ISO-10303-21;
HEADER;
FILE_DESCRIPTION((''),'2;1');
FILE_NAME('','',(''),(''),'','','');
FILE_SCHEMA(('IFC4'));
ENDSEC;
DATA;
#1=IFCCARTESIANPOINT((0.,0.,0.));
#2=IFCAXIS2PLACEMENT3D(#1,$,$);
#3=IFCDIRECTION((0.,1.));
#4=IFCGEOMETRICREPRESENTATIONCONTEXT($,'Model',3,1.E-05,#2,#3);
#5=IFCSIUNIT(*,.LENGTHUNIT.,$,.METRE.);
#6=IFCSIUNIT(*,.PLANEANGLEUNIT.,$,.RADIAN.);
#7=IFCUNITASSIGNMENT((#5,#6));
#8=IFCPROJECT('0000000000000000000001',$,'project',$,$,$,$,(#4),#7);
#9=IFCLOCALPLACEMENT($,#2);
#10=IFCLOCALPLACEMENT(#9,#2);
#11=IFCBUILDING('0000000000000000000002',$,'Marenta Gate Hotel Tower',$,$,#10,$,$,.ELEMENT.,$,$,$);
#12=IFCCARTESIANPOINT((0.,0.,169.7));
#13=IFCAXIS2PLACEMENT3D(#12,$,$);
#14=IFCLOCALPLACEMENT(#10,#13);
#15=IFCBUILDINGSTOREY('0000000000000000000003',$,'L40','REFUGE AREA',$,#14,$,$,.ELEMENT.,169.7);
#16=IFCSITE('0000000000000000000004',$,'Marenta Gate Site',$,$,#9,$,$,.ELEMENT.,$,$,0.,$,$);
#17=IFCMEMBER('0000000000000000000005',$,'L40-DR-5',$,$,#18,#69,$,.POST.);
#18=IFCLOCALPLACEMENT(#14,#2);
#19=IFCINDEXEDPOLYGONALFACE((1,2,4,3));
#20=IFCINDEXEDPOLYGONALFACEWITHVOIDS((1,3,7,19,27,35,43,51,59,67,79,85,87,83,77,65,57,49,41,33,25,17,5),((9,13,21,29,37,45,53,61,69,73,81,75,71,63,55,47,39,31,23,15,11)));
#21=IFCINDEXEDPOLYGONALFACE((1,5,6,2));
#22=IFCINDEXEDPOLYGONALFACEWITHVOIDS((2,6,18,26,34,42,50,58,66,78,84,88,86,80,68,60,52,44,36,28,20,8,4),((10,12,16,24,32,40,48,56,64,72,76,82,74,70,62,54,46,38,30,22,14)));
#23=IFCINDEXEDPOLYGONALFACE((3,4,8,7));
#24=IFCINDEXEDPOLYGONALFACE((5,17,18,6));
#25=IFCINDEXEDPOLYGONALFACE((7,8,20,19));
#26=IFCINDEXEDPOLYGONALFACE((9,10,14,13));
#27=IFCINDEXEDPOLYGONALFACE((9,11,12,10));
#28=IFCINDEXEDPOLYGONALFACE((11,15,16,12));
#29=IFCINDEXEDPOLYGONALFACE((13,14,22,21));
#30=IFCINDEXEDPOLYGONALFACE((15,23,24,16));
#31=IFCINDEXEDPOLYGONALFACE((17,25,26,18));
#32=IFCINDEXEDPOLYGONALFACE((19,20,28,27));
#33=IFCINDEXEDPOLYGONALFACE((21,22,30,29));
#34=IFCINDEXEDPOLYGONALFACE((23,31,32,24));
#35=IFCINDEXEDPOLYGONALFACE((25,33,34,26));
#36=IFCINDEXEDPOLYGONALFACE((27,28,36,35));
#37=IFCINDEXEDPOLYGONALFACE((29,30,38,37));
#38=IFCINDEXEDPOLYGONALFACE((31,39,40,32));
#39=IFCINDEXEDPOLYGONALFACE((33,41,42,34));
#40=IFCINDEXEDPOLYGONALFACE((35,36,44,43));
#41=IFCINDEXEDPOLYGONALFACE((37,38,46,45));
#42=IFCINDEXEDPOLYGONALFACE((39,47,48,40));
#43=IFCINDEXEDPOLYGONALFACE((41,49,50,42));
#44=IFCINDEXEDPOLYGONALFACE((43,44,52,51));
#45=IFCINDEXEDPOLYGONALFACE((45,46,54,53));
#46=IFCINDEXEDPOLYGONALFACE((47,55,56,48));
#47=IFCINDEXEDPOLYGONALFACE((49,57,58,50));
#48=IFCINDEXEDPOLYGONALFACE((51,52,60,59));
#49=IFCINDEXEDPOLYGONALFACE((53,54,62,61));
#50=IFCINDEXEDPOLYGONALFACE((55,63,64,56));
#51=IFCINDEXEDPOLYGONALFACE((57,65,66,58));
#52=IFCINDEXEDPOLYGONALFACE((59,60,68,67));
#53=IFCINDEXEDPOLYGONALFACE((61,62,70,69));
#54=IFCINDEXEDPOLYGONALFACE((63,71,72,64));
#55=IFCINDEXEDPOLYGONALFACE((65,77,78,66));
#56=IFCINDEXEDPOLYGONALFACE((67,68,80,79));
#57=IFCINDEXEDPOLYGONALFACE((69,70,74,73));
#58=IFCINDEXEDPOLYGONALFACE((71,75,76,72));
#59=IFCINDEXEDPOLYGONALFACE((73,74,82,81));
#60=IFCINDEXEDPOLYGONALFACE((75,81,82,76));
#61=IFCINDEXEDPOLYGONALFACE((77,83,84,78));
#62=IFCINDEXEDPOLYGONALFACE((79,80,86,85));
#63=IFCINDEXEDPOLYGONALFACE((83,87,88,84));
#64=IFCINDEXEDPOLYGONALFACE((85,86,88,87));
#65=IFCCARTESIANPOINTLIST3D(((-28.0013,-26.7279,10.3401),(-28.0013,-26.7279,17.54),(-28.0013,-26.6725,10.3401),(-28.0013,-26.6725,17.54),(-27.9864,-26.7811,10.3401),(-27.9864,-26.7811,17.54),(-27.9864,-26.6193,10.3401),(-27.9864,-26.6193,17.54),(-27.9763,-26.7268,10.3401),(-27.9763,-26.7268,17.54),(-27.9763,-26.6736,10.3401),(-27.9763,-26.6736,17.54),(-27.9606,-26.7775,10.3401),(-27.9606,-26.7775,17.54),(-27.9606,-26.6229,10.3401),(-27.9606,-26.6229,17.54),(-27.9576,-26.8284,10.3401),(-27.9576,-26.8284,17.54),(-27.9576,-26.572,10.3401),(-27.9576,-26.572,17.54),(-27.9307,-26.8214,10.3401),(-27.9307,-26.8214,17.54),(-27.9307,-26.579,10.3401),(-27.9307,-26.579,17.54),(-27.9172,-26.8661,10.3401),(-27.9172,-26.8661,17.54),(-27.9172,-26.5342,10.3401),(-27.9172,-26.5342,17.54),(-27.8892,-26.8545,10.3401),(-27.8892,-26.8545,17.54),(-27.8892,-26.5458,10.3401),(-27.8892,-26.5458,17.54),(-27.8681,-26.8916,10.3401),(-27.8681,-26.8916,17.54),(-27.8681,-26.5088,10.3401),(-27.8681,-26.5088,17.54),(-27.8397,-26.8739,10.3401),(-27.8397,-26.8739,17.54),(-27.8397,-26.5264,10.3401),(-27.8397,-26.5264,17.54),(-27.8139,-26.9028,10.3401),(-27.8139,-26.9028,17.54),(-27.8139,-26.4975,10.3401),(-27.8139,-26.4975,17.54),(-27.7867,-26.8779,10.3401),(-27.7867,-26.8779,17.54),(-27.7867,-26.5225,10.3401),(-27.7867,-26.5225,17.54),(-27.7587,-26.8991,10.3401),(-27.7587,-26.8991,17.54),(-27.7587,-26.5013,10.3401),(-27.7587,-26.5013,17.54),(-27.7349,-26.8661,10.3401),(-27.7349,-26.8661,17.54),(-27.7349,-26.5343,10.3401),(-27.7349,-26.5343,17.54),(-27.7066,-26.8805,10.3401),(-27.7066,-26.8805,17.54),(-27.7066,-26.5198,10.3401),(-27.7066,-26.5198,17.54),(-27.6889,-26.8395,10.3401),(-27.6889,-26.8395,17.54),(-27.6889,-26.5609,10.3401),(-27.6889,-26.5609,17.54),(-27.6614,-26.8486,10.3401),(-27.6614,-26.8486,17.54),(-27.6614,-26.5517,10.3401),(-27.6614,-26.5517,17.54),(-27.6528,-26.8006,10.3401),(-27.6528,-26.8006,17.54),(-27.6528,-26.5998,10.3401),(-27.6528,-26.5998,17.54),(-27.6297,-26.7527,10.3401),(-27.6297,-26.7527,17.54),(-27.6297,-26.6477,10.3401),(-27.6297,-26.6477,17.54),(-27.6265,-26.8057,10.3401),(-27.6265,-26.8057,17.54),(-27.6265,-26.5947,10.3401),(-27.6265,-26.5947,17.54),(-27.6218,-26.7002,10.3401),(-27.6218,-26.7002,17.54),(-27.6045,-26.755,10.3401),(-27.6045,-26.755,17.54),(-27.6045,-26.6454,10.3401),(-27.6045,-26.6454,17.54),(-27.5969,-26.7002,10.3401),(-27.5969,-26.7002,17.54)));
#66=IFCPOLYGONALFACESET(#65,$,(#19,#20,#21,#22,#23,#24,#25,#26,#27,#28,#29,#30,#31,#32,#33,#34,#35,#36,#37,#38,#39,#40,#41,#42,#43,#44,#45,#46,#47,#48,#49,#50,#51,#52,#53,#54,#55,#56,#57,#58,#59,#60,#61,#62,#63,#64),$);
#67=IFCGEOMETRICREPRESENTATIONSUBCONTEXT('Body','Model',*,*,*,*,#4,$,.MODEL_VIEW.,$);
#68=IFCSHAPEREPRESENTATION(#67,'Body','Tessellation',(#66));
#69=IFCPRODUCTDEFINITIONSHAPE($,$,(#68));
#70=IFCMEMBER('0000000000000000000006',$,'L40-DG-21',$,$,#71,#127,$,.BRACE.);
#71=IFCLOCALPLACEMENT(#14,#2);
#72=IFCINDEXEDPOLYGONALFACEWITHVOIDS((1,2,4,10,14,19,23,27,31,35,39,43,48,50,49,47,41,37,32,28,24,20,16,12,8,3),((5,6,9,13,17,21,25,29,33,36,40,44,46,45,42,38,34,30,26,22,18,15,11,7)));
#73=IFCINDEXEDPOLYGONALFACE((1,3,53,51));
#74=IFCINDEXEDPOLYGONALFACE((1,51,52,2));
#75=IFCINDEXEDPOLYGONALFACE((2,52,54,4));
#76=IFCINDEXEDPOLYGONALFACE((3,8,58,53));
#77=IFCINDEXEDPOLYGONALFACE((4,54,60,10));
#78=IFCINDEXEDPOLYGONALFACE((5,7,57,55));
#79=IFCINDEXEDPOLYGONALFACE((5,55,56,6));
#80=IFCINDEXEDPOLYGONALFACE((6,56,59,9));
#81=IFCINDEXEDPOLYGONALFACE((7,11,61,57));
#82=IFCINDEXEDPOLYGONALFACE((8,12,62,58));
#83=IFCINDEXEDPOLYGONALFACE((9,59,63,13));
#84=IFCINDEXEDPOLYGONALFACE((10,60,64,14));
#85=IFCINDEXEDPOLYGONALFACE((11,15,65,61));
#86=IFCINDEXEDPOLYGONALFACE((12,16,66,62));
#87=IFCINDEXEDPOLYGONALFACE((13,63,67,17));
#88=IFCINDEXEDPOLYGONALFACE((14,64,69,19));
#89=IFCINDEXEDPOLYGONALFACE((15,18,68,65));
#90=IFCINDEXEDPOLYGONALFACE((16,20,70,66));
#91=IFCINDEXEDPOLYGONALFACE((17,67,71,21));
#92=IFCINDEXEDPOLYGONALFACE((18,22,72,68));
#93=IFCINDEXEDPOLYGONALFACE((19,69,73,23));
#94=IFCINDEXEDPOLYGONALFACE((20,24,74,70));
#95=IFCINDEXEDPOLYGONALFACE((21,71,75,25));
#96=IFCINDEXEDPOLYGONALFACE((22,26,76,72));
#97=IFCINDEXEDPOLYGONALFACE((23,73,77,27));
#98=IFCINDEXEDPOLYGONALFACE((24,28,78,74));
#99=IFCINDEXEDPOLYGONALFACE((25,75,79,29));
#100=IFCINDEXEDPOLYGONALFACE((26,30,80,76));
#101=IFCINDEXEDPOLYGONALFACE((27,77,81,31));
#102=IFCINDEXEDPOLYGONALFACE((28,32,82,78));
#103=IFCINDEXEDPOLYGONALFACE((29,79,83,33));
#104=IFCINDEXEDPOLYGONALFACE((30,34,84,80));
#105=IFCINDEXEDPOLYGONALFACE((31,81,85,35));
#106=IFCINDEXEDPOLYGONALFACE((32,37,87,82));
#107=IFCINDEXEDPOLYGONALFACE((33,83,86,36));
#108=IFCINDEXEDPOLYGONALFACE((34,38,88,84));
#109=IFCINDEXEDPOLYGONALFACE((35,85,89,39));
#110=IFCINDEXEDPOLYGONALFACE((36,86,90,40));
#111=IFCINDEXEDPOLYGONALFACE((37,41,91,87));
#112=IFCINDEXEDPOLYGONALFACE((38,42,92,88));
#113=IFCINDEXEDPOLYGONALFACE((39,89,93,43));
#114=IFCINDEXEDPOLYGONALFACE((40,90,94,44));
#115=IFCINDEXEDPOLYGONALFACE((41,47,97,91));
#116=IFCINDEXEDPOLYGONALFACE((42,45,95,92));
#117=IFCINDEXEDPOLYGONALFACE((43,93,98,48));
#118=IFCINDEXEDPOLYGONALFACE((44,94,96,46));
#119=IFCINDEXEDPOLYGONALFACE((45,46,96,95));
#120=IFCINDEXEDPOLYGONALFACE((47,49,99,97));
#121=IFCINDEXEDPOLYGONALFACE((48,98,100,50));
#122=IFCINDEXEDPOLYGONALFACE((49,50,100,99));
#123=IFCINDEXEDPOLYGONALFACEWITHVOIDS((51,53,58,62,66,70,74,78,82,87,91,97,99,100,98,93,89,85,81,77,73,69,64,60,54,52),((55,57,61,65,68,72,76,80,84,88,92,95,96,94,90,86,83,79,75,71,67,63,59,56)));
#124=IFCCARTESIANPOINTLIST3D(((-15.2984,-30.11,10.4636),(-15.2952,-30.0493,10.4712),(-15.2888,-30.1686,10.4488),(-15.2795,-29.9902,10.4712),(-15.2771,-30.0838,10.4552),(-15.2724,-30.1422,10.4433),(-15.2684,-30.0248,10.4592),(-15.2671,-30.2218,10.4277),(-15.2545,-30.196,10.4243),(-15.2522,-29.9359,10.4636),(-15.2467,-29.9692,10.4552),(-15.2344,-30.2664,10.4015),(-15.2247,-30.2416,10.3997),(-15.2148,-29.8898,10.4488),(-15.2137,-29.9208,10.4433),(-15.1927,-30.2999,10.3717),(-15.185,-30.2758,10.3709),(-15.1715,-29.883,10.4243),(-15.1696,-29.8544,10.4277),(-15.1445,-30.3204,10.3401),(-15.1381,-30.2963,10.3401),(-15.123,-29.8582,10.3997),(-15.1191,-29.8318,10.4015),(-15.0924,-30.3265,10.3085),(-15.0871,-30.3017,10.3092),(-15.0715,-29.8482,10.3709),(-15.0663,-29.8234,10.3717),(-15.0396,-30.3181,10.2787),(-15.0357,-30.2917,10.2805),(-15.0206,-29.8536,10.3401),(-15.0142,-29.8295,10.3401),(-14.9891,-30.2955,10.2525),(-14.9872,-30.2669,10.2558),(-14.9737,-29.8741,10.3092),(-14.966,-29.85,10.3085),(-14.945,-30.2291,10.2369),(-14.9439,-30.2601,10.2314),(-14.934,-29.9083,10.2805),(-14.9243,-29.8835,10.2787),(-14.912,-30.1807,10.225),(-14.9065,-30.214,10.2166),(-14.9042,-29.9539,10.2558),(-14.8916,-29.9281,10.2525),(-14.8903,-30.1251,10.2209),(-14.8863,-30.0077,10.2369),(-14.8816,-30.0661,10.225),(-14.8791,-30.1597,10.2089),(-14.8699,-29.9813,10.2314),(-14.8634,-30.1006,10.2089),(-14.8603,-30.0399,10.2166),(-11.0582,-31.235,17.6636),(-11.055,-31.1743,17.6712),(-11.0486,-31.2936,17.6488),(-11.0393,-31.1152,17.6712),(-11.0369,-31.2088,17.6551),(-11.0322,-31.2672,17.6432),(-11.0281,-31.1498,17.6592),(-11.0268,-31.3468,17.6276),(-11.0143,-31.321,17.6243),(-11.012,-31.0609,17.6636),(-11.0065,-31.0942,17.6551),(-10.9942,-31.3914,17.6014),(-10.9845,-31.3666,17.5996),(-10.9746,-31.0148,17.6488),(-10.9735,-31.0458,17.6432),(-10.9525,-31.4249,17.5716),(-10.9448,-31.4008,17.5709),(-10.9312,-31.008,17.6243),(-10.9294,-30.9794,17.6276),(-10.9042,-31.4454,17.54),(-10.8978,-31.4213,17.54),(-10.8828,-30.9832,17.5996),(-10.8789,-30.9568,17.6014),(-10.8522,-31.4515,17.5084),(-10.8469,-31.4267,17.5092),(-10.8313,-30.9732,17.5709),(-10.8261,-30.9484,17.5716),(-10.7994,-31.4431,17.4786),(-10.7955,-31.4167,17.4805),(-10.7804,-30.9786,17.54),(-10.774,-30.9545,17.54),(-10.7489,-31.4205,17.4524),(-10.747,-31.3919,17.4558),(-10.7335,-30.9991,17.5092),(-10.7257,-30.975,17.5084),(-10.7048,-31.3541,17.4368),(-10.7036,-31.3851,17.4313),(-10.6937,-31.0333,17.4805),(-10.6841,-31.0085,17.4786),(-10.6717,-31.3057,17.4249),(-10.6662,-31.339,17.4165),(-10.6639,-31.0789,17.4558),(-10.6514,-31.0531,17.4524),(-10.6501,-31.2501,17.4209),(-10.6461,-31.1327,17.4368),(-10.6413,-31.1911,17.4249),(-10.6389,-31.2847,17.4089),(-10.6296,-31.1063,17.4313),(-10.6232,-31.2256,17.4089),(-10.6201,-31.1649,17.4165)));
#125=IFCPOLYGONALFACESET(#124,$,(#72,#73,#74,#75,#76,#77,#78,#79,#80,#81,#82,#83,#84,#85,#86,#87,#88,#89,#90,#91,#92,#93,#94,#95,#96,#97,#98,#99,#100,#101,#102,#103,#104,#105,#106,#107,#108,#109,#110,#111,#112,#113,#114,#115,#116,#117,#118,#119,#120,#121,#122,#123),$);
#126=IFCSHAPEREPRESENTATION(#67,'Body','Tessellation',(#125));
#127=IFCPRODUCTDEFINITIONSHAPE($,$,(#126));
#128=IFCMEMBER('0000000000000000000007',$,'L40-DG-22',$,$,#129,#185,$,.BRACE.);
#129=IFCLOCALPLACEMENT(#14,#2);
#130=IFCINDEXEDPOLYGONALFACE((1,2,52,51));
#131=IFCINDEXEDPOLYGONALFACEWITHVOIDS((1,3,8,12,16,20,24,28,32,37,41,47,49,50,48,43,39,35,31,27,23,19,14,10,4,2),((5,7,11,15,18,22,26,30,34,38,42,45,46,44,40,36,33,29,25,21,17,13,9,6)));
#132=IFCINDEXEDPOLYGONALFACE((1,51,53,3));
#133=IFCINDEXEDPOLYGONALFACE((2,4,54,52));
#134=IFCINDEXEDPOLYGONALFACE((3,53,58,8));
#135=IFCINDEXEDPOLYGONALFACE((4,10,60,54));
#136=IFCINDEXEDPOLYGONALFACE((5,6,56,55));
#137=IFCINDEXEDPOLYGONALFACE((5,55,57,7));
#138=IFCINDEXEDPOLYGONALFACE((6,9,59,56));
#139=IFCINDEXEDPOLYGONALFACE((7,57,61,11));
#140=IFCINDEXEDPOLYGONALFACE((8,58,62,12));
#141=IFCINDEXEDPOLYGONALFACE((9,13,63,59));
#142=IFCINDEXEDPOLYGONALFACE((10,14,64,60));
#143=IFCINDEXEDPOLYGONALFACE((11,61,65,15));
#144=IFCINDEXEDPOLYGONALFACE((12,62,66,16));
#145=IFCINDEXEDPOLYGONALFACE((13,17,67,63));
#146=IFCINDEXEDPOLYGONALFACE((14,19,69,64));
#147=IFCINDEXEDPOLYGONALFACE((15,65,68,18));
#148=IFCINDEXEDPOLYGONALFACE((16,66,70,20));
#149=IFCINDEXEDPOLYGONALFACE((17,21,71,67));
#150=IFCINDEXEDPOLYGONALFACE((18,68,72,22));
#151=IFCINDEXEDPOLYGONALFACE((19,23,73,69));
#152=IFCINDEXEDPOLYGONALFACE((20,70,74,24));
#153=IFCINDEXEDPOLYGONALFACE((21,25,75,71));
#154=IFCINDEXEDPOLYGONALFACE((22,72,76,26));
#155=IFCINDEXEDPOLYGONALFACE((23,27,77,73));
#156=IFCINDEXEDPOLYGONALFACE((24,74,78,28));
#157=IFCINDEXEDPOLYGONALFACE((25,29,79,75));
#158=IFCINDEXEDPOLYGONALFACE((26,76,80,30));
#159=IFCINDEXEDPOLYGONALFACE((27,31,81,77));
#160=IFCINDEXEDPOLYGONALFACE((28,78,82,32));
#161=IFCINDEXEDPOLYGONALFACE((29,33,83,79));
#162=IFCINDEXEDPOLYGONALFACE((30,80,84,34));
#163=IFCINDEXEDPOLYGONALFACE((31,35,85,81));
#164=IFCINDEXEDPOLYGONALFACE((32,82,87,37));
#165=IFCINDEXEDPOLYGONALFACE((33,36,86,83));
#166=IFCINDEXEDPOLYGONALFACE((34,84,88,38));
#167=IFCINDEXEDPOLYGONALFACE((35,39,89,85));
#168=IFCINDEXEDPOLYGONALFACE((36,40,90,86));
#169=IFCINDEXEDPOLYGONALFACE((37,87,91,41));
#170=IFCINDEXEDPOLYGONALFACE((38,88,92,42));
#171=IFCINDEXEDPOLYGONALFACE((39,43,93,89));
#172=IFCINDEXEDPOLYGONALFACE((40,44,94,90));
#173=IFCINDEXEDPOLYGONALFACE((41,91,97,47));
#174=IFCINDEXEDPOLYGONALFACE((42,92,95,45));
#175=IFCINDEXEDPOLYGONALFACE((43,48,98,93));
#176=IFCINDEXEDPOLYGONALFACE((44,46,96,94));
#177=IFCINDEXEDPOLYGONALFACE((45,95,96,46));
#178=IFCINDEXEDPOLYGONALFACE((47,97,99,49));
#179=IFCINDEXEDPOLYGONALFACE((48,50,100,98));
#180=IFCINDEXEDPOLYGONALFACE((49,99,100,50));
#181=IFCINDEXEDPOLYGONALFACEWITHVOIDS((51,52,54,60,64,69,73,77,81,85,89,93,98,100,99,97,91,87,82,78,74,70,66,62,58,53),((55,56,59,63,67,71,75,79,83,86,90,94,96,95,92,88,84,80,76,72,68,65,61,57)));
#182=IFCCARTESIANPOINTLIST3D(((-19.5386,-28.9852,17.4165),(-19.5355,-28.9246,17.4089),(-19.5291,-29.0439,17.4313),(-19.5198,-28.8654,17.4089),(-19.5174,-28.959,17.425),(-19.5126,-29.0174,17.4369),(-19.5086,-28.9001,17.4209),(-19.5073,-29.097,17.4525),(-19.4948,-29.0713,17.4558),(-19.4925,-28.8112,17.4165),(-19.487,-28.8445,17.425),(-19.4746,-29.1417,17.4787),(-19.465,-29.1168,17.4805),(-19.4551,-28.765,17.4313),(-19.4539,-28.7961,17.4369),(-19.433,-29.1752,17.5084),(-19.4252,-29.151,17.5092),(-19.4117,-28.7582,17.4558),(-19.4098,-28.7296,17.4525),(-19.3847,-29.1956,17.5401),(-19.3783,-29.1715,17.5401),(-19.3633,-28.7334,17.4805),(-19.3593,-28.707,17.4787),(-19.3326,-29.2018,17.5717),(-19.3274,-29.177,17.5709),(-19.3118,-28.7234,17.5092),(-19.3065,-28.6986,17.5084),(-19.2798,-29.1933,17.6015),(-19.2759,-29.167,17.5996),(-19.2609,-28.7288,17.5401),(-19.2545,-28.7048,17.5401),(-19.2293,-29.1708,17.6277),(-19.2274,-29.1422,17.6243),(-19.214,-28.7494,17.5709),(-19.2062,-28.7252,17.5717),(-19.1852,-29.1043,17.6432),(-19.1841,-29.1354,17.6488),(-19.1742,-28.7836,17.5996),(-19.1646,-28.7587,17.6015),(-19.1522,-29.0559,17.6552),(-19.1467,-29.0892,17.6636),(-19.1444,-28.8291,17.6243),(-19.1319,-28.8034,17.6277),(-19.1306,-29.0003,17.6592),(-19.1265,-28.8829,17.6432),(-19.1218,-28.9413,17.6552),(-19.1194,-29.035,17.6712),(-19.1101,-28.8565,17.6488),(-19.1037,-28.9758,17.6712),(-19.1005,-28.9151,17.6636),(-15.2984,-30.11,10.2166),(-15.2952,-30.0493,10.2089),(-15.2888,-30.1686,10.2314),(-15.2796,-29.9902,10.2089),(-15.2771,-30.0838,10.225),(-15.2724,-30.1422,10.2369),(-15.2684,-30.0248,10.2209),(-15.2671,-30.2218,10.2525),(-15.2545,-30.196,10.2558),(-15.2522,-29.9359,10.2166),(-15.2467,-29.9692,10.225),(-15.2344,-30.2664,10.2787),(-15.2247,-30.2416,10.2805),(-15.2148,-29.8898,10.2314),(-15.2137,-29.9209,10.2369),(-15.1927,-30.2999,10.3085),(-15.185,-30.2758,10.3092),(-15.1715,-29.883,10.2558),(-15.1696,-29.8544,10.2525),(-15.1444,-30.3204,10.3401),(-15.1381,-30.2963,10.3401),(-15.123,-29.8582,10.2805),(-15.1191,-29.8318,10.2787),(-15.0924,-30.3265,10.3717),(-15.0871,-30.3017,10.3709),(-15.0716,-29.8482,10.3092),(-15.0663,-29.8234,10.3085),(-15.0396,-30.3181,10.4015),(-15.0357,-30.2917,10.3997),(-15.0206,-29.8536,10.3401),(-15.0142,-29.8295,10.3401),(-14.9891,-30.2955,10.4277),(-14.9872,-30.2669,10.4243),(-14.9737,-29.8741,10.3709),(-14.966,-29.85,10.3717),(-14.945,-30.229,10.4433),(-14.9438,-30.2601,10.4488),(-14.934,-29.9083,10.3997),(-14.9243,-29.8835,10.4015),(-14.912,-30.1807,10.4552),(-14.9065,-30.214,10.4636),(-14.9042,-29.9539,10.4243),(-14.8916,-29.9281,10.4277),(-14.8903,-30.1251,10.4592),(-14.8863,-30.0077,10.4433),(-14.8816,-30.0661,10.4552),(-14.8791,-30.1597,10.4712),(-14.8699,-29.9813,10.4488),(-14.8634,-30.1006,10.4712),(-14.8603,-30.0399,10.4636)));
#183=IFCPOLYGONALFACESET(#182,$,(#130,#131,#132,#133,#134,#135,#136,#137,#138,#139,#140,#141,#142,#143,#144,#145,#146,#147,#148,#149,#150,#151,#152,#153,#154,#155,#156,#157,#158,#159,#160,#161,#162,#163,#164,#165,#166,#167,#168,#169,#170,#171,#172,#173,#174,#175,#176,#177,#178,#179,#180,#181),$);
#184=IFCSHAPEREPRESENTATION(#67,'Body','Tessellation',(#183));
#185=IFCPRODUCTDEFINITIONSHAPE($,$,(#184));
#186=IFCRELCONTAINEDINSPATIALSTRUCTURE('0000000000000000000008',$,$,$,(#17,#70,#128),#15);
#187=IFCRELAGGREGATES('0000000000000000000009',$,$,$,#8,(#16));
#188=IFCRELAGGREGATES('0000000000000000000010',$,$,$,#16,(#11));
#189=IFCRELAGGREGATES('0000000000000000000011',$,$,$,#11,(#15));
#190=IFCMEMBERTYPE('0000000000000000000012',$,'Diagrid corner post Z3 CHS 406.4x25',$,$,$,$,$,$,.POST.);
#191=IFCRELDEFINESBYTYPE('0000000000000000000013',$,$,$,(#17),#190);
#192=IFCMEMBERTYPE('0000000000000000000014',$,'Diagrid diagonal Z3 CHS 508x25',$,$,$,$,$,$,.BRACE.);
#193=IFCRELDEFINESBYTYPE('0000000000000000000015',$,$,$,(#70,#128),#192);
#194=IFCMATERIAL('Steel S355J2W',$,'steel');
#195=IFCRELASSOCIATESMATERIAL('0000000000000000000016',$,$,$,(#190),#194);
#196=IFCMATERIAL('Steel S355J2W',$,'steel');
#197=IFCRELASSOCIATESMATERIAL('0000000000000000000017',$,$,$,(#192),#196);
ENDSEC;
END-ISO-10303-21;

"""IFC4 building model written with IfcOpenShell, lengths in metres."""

from ifc_helpers import new_model, si_unit, direction, frame, origin, origin_2d, place, context, subcontext, project, spatial, hollow_circle, extrude, material, material_profile, profile_set, type_object, element, save


model = new_model("IFC4")

# Units and contexts
model_context = context("Model", 3, precision=1e-05, world=origin(), true_north=direction((0.0, 1.0)))
body_context = subcontext(model_context, "Body", "Model", "MODEL_VIEW")
ifc_project = project(units=[si_unit("LENGTHUNIT", "METRE"), si_unit("PLANEANGLEUNIT", "RADIAN")], contexts=[model_context])

# Site, building, storey
site_placement = place(None, origin())
site = spatial("IfcSite", under=ifc_project, at=site_placement, Name="Marenta Gate Site", CompositionType="ELEMENT", RefElevation=0.0)
building_placement = place(site_placement, origin())
building = spatial("IfcBuilding", under=site, at=building_placement, Name="Marenta Gate Hotel Tower", CompositionType="ELEMENT")
storey_placement = place(building_placement, frame((0.0, 0.0, 169.7)))
storey = spatial("IfcBuildingStorey", under=building, at=storey_placement, Name="L40", Description="REFUGE AREA", CompositionType="ELEMENT", Elevation=169.7)

# Members
ifc_material_1 = material(Name="Steel S355J2W", Category="steel")
ifc_material_profile_1 = material_profile(ifc_material_1, hollow_circle(Radius=0.2031, WallThickness=0.0249, at=origin_2d()), Name="CHS 406.4x25")
ifc_profile_set_1 = profile_set([ifc_material_profile_1], Name="Steel S355J2W")
member_type_1 = type_object("IfcMemberType", Name="Diagrid corner post Z3 CHS 406.4x25", PredefinedType="POST", material=ifc_profile_set_1)
member_1_placement = place(storey_placement, frame((-27.8, -26.7002, 10.3401), z_axis=(0.0, 0.0, 1.0), x_axis=(1.0, 0.0, 0.0)))
element("IfcMember", 1, at=member_1_placement, inside=storey, type_object=member_type_1, Name="L40-DR-5", PredefinedType="POST", context=body_context, shape_type="SweptSolid", body=[
    extrude(hollow_circle(Radius=0.2031, WallThickness=0.0249, at=origin_2d()), origin(), (0.0, 0.0, 1.0), 7.2),
])
ifc_material_2 = material(Name="Steel S355J2W", Category="steel")
ifc_material_profile_2 = material_profile(ifc_material_2, hollow_circle(Radius=0.2539, WallThickness=0.0249, at=origin_2d()), Name="CHS 508x25")
ifc_profile_set_2 = profile_set([ifc_material_profile_2], Name="Steel S355J2W")
member_type_2 = type_object("IfcMemberType", Name="Diagrid diagonal Z3 CHS 508x25", PredefinedType="BRACE", material=ifc_profile_set_2)
for number, where, z_axis, x_axis, name in (
    (2, (-15.0793, -30.075, 10.3401), (0.502924, -0.133434, 0.853969), (0.256443, 0.966559, 0.0), "L40-DG-21"),
    (3, (-15.0793, -30.075, 10.3401), (-0.502926, 0.133405, 0.853972), (-0.256391, -0.966573, 0.0), "L40-DG-22"),
):
    element("IfcMember", number, at=place(storey_placement, frame(where, z_axis=z_axis, x_axis=x_axis)), inside=storey, type_object=member_type_2, Name=name, PredefinedType="BRACE", context=body_context, shape_type="SweptSolid", body=[
        extrude(hollow_circle(Radius=0.2539, WallThickness=0.0249, at=origin_2d()), origin(), (0.0, 0.0, 1.0), 8.4312),
    ])

save(model, "model.ifc")
